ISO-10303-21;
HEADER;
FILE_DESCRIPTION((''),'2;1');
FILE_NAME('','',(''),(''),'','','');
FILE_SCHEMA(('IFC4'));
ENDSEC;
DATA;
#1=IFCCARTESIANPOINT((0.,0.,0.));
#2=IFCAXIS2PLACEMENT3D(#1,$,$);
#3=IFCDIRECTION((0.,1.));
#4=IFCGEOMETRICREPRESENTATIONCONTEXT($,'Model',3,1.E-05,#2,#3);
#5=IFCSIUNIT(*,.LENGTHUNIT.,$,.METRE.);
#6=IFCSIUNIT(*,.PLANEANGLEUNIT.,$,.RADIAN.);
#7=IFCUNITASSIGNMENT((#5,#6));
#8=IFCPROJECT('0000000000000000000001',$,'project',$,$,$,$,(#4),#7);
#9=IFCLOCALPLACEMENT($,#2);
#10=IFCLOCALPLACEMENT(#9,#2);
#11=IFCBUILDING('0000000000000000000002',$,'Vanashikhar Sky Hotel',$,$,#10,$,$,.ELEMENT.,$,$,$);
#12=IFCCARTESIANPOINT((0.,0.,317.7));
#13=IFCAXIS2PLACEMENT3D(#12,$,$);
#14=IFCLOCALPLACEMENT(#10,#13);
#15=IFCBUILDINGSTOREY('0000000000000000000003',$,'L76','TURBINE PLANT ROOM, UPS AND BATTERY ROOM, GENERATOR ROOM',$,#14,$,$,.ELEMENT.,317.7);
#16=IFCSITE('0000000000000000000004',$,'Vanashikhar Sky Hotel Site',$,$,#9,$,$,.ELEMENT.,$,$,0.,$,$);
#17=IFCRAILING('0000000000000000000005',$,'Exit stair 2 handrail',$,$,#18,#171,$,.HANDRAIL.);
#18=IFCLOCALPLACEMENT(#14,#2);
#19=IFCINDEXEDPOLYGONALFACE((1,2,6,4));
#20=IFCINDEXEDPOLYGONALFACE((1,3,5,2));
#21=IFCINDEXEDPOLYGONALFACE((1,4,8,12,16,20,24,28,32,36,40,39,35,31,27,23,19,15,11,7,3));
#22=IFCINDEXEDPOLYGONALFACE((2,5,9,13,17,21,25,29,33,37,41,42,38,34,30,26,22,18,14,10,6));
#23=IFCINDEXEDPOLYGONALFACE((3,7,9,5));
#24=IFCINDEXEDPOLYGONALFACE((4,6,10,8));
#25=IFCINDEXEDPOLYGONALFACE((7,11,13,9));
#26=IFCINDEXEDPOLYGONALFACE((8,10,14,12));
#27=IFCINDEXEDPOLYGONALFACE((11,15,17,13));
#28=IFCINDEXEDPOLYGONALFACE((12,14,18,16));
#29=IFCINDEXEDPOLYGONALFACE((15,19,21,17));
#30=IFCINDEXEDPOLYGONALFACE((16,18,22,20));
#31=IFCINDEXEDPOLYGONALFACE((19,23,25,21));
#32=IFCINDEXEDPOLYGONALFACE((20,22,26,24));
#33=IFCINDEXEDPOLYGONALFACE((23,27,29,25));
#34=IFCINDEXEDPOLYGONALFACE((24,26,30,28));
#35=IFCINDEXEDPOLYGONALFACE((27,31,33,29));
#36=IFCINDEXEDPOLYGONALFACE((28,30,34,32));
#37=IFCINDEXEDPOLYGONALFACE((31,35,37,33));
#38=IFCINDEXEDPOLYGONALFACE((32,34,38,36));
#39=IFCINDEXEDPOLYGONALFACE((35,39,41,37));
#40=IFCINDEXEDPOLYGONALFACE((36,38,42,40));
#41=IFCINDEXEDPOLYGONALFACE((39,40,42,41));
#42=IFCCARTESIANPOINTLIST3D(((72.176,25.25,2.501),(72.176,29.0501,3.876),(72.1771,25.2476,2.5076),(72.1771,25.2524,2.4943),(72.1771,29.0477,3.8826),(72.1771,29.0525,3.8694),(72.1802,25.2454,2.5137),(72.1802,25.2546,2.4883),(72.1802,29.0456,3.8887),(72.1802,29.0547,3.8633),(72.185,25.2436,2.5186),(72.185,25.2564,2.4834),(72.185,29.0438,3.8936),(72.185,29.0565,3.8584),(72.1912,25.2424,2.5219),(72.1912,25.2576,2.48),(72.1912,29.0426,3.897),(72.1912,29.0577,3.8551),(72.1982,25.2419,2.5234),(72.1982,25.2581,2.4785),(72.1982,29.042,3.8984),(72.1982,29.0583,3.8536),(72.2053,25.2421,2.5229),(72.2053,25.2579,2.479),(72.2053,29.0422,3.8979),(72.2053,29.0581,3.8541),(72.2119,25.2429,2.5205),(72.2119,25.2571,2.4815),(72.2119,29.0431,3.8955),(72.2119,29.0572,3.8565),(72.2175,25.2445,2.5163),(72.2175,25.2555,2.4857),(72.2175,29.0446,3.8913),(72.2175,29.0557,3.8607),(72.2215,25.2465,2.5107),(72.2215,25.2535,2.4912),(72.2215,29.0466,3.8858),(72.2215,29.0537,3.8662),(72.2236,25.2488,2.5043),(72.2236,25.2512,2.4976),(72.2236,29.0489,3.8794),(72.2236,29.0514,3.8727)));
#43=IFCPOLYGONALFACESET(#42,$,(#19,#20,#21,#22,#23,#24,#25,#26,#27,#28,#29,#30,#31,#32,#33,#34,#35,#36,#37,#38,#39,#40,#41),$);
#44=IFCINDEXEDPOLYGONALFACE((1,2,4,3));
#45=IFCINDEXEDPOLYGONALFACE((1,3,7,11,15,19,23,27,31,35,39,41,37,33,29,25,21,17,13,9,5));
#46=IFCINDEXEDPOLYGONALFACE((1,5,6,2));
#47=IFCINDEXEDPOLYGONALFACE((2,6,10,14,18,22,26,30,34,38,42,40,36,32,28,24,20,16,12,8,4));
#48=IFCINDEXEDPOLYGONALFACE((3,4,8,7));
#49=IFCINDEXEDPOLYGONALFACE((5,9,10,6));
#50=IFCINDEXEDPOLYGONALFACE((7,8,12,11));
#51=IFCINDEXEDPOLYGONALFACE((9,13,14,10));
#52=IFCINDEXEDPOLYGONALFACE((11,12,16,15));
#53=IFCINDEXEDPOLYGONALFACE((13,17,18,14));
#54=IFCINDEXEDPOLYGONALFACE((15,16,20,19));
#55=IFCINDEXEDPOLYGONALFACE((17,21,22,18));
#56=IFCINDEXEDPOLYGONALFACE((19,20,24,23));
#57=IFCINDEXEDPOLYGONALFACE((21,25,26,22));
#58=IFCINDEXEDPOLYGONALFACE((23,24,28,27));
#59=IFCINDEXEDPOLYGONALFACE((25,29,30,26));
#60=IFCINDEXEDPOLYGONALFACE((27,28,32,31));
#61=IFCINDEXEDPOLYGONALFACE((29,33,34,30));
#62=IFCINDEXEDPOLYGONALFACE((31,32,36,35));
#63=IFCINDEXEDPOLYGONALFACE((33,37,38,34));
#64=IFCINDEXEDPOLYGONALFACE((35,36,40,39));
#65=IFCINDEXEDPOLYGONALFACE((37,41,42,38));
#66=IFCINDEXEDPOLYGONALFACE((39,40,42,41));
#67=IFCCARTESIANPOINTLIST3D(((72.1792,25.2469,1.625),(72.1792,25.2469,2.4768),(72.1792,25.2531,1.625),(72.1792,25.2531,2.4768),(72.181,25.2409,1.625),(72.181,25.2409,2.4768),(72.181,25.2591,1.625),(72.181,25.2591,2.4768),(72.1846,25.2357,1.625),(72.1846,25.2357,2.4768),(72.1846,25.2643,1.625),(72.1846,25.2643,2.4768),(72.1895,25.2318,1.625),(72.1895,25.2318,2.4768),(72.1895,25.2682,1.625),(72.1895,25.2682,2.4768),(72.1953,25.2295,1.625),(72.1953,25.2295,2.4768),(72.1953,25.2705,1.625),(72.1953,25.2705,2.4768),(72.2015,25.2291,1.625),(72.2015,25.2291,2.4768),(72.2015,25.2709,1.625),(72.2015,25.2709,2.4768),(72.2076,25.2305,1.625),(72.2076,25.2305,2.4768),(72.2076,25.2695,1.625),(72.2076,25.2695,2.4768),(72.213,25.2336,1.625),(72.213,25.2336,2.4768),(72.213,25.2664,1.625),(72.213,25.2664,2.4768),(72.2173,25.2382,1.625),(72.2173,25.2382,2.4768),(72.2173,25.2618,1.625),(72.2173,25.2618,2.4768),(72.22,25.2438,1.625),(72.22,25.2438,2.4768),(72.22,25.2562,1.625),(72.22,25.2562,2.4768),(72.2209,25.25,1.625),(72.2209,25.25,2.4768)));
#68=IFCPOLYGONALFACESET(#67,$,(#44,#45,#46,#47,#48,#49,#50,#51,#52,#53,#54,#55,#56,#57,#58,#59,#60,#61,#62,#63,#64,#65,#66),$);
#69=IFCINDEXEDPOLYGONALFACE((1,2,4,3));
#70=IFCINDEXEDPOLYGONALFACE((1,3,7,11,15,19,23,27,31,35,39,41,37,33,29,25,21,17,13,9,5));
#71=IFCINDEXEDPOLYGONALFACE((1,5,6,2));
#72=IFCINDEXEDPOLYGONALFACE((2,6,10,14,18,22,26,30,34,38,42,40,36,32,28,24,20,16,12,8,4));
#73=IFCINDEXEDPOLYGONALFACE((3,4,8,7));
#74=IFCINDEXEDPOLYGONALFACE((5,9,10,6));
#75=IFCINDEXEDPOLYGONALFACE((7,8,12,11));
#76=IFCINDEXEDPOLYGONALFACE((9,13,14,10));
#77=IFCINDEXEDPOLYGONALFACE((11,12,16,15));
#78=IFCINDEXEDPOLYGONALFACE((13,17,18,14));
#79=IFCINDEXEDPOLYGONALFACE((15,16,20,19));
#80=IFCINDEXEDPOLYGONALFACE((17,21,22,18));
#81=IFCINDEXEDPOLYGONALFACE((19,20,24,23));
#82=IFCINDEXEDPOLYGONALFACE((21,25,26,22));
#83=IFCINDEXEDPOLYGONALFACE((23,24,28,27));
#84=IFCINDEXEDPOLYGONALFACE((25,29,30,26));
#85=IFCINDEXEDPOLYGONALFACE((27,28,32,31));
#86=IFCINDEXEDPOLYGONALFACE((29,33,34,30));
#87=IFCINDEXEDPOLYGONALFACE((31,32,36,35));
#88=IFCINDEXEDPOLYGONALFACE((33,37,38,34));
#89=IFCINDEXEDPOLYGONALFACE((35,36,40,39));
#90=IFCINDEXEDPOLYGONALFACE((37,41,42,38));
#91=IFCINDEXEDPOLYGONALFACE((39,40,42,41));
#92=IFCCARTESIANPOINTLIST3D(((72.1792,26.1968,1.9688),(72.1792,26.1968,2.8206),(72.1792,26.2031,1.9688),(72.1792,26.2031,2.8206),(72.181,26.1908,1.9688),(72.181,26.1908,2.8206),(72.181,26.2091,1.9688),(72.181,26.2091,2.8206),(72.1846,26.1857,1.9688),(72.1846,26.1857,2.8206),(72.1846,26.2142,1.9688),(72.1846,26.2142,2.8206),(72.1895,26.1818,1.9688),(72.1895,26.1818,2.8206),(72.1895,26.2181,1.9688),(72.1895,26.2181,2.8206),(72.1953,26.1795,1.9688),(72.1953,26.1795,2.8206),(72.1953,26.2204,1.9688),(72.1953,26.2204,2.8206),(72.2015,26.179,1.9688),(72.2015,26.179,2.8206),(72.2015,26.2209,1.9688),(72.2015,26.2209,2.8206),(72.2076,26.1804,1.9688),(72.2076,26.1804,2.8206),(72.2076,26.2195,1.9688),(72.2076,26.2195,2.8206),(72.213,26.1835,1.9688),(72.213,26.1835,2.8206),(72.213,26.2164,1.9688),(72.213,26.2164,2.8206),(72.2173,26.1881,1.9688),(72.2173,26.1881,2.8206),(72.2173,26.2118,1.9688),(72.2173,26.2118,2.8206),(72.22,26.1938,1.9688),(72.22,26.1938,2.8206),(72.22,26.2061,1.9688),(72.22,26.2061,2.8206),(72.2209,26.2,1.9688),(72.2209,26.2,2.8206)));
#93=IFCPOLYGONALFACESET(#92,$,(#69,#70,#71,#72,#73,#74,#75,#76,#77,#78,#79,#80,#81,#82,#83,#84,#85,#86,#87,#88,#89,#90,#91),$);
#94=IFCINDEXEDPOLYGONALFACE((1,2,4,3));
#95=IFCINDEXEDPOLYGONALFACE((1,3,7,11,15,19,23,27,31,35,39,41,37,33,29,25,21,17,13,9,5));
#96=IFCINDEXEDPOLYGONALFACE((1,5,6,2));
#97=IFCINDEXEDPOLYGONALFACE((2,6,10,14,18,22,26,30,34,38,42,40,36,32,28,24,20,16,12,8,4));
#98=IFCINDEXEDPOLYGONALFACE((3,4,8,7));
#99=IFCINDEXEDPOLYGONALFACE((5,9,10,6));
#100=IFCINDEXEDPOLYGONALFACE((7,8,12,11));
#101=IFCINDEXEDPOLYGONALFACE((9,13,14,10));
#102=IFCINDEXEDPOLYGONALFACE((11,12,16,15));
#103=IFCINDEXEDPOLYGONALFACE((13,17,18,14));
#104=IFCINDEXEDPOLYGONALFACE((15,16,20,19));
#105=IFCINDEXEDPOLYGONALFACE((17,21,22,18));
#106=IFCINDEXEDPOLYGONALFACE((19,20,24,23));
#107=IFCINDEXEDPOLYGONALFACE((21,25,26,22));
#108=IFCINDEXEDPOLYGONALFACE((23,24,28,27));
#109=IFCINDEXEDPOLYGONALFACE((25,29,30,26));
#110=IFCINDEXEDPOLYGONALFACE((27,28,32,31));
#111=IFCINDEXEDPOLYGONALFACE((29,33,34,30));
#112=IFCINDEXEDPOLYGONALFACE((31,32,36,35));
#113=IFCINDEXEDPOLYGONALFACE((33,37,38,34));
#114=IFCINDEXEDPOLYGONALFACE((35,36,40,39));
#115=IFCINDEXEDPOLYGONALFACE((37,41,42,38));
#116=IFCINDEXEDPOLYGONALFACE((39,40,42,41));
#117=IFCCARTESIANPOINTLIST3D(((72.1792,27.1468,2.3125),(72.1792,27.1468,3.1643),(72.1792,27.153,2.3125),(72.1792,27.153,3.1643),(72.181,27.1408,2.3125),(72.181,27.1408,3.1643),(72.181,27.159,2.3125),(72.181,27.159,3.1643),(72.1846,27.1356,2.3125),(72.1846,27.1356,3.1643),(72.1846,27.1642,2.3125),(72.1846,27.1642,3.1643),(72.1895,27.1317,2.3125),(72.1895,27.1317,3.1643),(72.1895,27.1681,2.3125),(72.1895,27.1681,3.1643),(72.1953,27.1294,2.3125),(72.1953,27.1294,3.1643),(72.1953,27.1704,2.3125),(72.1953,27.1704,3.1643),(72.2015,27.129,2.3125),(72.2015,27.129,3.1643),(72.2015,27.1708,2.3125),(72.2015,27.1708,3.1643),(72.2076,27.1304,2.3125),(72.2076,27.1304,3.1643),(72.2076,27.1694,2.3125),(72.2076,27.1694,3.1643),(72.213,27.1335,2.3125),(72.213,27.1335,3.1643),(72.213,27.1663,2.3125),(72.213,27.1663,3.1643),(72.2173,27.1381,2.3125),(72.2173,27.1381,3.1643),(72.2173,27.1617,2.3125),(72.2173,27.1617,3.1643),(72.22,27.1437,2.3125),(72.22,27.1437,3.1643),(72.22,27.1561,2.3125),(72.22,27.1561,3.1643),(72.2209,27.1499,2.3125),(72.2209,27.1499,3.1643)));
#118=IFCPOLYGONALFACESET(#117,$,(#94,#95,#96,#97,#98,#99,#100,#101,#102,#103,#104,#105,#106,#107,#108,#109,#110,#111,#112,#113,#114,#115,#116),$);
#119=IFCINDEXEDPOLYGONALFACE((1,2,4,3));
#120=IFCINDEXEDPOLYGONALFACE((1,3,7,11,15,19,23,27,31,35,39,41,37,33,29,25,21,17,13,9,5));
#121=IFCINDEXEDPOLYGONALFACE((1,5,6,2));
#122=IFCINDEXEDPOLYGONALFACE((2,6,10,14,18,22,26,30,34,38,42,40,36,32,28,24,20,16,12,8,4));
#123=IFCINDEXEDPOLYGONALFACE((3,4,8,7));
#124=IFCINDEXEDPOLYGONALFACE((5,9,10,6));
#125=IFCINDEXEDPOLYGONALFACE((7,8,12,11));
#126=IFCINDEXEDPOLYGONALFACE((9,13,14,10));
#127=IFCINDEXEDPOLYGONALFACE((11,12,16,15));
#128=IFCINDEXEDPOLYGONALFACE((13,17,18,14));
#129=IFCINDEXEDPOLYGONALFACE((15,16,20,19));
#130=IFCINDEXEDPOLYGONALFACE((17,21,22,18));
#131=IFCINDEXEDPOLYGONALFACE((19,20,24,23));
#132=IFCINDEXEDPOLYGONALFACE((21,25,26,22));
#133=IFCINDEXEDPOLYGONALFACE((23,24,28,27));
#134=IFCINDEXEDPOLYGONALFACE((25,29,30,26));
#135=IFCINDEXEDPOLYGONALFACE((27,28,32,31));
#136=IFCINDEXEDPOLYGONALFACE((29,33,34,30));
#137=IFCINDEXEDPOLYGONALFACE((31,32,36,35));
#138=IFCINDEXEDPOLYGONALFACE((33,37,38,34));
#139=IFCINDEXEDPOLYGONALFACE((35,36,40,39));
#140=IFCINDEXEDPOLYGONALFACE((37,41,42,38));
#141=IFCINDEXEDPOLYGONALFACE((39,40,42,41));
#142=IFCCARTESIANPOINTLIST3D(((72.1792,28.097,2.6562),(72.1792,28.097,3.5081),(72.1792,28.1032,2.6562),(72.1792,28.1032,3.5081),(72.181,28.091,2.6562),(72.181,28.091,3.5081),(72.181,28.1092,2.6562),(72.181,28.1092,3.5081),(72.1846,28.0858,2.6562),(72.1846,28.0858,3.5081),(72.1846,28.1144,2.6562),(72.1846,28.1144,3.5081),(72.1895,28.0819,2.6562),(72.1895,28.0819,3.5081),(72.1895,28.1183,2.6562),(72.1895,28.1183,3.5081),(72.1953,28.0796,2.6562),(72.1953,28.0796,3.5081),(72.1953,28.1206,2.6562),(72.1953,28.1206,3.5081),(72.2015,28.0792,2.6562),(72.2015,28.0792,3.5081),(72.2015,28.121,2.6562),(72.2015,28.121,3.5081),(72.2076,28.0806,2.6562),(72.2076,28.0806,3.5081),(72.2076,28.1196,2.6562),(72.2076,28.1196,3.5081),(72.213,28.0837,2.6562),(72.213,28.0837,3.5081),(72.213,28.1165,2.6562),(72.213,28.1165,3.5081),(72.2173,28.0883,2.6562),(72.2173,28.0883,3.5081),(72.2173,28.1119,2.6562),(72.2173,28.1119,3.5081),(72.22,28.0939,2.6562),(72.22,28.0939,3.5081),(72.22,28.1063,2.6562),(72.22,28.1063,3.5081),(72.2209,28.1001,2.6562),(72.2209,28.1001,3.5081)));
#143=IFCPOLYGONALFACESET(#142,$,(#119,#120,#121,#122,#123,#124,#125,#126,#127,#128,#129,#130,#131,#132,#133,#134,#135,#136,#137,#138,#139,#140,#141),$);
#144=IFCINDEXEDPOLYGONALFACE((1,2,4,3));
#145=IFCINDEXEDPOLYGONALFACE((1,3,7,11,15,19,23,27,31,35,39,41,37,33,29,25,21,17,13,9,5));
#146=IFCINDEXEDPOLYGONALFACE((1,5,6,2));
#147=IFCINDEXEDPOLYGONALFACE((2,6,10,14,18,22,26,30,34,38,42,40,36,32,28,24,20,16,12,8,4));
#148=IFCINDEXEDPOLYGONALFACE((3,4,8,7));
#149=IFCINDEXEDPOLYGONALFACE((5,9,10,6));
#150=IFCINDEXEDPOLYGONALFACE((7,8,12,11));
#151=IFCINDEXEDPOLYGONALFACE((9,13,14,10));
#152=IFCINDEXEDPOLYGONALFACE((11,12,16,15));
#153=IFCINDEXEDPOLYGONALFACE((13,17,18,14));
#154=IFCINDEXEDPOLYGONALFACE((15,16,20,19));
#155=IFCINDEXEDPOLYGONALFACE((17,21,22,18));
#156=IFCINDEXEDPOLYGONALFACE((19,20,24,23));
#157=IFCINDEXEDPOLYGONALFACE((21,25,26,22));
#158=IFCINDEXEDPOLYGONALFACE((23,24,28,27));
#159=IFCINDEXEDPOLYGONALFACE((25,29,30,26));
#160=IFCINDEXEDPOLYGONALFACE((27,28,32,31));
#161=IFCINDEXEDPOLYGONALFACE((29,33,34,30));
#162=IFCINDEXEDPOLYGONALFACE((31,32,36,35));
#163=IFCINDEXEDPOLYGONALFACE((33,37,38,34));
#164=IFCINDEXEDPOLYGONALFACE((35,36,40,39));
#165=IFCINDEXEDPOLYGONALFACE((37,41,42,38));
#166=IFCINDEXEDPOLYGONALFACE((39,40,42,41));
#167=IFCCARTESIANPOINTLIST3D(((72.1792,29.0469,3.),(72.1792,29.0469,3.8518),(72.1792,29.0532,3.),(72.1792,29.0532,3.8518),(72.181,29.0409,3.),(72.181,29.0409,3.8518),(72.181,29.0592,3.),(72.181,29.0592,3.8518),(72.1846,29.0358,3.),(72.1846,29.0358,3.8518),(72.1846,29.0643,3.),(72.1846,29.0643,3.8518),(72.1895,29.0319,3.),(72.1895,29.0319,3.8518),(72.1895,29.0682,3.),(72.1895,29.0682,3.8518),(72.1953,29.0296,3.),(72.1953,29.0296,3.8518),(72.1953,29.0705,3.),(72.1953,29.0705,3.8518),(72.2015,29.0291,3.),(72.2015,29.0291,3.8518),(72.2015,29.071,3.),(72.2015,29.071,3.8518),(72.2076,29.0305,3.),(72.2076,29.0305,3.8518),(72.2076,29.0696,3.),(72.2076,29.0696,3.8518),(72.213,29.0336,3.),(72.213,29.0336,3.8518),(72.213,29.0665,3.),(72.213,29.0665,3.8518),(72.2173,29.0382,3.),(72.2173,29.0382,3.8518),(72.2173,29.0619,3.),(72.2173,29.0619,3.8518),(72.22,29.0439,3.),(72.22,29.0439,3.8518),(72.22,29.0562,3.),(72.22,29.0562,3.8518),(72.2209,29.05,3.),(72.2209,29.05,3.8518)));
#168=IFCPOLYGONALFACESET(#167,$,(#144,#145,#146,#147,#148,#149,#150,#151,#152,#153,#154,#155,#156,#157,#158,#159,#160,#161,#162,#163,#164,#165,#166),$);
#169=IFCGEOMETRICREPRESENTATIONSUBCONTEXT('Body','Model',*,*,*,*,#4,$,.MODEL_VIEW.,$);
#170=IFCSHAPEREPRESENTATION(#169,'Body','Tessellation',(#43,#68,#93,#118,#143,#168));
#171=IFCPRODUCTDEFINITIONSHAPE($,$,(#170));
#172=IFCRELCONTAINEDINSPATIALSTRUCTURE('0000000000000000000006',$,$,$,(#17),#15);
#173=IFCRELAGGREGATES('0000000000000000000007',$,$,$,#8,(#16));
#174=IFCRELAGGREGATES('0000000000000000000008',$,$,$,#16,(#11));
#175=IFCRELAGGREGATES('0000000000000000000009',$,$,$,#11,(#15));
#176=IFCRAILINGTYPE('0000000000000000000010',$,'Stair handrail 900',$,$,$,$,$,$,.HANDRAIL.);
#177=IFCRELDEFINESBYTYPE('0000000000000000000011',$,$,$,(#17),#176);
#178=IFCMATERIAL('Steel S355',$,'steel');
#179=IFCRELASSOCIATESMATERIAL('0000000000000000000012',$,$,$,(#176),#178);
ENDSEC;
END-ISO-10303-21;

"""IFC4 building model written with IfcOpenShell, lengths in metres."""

from ifc_helpers import new_model, si_unit, direction, frame, origin, origin_2d, place, context, subcontext, project, spatial, circle, extrude, source, transform, mapped, material, type_object, element, save


model = new_model("IFC4")

# Units and contexts
model_context = context("Model", 3, precision=1e-05, world=origin(), true_north=direction((0.0, 1.0)))
body_context = subcontext(model_context, "Body", "Model", "MODEL_VIEW")
ifc_project = project(units=[si_unit("LENGTHUNIT", "METRE"), si_unit("PLANEANGLEUNIT", "RADIAN")], contexts=[model_context])

# Site, building, storey
site_placement = place(None, origin())
site = spatial("IfcSite", under=ifc_project, at=site_placement, Name="Vanashikhar Sky Hotel Site", CompositionType="ELEMENT", RefElevation=0.0)
building_placement = place(site_placement, origin())
building = spatial("IfcBuilding", under=site, at=building_placement, Name="Vanashikhar Sky Hotel", CompositionType="ELEMENT")
storey_placement = place(building_placement, frame((0.0, 0.0, 317.7)))
storey = spatial("IfcBuildingStorey", under=building, at=storey_placement, Name="L76", Description="TURBINE PLANT ROOM, UPS AND BATTERY ROOM, GENERATOR ROOM", CompositionType="ELEMENT", Elevation=317.7)

# Railing
ifc_material_1 = material(Name="Steel S355", Category="steel")
railing_type = type_object("IfcRailingType", Name="Stair handrail 900", PredefinedType="HANDRAIL", material=ifc_material_1)
shared_shape_1 = source(origin(), body_context, "Body", "SweptSolid", [
    extrude(circle(Radius=0.0239, at=origin_2d()), frame((0.0, 0.0, 0.876), z_axis=(0.0, 0.940336, 0.340249), x_axis=(-1.0, 0.0, 0.0)), (0.0, 0.0, 1.0), 4.0413),
    extrude(circle(Radius=0.021, at=origin_2d()), origin(), (0.0, 0.0, 1.0), 0.8518),
    extrude(circle(Radius=0.021, at=origin_2d()), frame((0.0, 0.95, 0.3438)), (0.0, 0.0, 1.0), 0.8518),
    extrude(circle(Radius=0.021, at=origin_2d()), frame((0.0, 1.8999, 0.6875)), (0.0, 0.0, 1.0), 0.8518),
    extrude(circle(Radius=0.021, at=origin_2d()), frame((0.0, 2.8501, 1.0312)), (0.0, 0.0, 1.0), 0.8518),
    extrude(circle(Radius=0.021, at=origin_2d()), frame((0.0, 3.8, 1.375)), (0.0, 0.0, 1.0), 0.8518),
])
for number, where, name in (
    (1, (72.2, 25.25, 1.625), "Exit stair 2 handrail"),
):
    element("IfcRailing", number, at=place(storey_placement, frame(where)), inside=storey, type_object=railing_type, Name=name, PredefinedType="HANDRAIL", context=body_context, shape_type="MappedRepresentation", body=[
        mapped(shared_shape_1, transform((0.0, 0.0, 0.0), scale=1.0)),
    ])

save(model, "model.ifc")
